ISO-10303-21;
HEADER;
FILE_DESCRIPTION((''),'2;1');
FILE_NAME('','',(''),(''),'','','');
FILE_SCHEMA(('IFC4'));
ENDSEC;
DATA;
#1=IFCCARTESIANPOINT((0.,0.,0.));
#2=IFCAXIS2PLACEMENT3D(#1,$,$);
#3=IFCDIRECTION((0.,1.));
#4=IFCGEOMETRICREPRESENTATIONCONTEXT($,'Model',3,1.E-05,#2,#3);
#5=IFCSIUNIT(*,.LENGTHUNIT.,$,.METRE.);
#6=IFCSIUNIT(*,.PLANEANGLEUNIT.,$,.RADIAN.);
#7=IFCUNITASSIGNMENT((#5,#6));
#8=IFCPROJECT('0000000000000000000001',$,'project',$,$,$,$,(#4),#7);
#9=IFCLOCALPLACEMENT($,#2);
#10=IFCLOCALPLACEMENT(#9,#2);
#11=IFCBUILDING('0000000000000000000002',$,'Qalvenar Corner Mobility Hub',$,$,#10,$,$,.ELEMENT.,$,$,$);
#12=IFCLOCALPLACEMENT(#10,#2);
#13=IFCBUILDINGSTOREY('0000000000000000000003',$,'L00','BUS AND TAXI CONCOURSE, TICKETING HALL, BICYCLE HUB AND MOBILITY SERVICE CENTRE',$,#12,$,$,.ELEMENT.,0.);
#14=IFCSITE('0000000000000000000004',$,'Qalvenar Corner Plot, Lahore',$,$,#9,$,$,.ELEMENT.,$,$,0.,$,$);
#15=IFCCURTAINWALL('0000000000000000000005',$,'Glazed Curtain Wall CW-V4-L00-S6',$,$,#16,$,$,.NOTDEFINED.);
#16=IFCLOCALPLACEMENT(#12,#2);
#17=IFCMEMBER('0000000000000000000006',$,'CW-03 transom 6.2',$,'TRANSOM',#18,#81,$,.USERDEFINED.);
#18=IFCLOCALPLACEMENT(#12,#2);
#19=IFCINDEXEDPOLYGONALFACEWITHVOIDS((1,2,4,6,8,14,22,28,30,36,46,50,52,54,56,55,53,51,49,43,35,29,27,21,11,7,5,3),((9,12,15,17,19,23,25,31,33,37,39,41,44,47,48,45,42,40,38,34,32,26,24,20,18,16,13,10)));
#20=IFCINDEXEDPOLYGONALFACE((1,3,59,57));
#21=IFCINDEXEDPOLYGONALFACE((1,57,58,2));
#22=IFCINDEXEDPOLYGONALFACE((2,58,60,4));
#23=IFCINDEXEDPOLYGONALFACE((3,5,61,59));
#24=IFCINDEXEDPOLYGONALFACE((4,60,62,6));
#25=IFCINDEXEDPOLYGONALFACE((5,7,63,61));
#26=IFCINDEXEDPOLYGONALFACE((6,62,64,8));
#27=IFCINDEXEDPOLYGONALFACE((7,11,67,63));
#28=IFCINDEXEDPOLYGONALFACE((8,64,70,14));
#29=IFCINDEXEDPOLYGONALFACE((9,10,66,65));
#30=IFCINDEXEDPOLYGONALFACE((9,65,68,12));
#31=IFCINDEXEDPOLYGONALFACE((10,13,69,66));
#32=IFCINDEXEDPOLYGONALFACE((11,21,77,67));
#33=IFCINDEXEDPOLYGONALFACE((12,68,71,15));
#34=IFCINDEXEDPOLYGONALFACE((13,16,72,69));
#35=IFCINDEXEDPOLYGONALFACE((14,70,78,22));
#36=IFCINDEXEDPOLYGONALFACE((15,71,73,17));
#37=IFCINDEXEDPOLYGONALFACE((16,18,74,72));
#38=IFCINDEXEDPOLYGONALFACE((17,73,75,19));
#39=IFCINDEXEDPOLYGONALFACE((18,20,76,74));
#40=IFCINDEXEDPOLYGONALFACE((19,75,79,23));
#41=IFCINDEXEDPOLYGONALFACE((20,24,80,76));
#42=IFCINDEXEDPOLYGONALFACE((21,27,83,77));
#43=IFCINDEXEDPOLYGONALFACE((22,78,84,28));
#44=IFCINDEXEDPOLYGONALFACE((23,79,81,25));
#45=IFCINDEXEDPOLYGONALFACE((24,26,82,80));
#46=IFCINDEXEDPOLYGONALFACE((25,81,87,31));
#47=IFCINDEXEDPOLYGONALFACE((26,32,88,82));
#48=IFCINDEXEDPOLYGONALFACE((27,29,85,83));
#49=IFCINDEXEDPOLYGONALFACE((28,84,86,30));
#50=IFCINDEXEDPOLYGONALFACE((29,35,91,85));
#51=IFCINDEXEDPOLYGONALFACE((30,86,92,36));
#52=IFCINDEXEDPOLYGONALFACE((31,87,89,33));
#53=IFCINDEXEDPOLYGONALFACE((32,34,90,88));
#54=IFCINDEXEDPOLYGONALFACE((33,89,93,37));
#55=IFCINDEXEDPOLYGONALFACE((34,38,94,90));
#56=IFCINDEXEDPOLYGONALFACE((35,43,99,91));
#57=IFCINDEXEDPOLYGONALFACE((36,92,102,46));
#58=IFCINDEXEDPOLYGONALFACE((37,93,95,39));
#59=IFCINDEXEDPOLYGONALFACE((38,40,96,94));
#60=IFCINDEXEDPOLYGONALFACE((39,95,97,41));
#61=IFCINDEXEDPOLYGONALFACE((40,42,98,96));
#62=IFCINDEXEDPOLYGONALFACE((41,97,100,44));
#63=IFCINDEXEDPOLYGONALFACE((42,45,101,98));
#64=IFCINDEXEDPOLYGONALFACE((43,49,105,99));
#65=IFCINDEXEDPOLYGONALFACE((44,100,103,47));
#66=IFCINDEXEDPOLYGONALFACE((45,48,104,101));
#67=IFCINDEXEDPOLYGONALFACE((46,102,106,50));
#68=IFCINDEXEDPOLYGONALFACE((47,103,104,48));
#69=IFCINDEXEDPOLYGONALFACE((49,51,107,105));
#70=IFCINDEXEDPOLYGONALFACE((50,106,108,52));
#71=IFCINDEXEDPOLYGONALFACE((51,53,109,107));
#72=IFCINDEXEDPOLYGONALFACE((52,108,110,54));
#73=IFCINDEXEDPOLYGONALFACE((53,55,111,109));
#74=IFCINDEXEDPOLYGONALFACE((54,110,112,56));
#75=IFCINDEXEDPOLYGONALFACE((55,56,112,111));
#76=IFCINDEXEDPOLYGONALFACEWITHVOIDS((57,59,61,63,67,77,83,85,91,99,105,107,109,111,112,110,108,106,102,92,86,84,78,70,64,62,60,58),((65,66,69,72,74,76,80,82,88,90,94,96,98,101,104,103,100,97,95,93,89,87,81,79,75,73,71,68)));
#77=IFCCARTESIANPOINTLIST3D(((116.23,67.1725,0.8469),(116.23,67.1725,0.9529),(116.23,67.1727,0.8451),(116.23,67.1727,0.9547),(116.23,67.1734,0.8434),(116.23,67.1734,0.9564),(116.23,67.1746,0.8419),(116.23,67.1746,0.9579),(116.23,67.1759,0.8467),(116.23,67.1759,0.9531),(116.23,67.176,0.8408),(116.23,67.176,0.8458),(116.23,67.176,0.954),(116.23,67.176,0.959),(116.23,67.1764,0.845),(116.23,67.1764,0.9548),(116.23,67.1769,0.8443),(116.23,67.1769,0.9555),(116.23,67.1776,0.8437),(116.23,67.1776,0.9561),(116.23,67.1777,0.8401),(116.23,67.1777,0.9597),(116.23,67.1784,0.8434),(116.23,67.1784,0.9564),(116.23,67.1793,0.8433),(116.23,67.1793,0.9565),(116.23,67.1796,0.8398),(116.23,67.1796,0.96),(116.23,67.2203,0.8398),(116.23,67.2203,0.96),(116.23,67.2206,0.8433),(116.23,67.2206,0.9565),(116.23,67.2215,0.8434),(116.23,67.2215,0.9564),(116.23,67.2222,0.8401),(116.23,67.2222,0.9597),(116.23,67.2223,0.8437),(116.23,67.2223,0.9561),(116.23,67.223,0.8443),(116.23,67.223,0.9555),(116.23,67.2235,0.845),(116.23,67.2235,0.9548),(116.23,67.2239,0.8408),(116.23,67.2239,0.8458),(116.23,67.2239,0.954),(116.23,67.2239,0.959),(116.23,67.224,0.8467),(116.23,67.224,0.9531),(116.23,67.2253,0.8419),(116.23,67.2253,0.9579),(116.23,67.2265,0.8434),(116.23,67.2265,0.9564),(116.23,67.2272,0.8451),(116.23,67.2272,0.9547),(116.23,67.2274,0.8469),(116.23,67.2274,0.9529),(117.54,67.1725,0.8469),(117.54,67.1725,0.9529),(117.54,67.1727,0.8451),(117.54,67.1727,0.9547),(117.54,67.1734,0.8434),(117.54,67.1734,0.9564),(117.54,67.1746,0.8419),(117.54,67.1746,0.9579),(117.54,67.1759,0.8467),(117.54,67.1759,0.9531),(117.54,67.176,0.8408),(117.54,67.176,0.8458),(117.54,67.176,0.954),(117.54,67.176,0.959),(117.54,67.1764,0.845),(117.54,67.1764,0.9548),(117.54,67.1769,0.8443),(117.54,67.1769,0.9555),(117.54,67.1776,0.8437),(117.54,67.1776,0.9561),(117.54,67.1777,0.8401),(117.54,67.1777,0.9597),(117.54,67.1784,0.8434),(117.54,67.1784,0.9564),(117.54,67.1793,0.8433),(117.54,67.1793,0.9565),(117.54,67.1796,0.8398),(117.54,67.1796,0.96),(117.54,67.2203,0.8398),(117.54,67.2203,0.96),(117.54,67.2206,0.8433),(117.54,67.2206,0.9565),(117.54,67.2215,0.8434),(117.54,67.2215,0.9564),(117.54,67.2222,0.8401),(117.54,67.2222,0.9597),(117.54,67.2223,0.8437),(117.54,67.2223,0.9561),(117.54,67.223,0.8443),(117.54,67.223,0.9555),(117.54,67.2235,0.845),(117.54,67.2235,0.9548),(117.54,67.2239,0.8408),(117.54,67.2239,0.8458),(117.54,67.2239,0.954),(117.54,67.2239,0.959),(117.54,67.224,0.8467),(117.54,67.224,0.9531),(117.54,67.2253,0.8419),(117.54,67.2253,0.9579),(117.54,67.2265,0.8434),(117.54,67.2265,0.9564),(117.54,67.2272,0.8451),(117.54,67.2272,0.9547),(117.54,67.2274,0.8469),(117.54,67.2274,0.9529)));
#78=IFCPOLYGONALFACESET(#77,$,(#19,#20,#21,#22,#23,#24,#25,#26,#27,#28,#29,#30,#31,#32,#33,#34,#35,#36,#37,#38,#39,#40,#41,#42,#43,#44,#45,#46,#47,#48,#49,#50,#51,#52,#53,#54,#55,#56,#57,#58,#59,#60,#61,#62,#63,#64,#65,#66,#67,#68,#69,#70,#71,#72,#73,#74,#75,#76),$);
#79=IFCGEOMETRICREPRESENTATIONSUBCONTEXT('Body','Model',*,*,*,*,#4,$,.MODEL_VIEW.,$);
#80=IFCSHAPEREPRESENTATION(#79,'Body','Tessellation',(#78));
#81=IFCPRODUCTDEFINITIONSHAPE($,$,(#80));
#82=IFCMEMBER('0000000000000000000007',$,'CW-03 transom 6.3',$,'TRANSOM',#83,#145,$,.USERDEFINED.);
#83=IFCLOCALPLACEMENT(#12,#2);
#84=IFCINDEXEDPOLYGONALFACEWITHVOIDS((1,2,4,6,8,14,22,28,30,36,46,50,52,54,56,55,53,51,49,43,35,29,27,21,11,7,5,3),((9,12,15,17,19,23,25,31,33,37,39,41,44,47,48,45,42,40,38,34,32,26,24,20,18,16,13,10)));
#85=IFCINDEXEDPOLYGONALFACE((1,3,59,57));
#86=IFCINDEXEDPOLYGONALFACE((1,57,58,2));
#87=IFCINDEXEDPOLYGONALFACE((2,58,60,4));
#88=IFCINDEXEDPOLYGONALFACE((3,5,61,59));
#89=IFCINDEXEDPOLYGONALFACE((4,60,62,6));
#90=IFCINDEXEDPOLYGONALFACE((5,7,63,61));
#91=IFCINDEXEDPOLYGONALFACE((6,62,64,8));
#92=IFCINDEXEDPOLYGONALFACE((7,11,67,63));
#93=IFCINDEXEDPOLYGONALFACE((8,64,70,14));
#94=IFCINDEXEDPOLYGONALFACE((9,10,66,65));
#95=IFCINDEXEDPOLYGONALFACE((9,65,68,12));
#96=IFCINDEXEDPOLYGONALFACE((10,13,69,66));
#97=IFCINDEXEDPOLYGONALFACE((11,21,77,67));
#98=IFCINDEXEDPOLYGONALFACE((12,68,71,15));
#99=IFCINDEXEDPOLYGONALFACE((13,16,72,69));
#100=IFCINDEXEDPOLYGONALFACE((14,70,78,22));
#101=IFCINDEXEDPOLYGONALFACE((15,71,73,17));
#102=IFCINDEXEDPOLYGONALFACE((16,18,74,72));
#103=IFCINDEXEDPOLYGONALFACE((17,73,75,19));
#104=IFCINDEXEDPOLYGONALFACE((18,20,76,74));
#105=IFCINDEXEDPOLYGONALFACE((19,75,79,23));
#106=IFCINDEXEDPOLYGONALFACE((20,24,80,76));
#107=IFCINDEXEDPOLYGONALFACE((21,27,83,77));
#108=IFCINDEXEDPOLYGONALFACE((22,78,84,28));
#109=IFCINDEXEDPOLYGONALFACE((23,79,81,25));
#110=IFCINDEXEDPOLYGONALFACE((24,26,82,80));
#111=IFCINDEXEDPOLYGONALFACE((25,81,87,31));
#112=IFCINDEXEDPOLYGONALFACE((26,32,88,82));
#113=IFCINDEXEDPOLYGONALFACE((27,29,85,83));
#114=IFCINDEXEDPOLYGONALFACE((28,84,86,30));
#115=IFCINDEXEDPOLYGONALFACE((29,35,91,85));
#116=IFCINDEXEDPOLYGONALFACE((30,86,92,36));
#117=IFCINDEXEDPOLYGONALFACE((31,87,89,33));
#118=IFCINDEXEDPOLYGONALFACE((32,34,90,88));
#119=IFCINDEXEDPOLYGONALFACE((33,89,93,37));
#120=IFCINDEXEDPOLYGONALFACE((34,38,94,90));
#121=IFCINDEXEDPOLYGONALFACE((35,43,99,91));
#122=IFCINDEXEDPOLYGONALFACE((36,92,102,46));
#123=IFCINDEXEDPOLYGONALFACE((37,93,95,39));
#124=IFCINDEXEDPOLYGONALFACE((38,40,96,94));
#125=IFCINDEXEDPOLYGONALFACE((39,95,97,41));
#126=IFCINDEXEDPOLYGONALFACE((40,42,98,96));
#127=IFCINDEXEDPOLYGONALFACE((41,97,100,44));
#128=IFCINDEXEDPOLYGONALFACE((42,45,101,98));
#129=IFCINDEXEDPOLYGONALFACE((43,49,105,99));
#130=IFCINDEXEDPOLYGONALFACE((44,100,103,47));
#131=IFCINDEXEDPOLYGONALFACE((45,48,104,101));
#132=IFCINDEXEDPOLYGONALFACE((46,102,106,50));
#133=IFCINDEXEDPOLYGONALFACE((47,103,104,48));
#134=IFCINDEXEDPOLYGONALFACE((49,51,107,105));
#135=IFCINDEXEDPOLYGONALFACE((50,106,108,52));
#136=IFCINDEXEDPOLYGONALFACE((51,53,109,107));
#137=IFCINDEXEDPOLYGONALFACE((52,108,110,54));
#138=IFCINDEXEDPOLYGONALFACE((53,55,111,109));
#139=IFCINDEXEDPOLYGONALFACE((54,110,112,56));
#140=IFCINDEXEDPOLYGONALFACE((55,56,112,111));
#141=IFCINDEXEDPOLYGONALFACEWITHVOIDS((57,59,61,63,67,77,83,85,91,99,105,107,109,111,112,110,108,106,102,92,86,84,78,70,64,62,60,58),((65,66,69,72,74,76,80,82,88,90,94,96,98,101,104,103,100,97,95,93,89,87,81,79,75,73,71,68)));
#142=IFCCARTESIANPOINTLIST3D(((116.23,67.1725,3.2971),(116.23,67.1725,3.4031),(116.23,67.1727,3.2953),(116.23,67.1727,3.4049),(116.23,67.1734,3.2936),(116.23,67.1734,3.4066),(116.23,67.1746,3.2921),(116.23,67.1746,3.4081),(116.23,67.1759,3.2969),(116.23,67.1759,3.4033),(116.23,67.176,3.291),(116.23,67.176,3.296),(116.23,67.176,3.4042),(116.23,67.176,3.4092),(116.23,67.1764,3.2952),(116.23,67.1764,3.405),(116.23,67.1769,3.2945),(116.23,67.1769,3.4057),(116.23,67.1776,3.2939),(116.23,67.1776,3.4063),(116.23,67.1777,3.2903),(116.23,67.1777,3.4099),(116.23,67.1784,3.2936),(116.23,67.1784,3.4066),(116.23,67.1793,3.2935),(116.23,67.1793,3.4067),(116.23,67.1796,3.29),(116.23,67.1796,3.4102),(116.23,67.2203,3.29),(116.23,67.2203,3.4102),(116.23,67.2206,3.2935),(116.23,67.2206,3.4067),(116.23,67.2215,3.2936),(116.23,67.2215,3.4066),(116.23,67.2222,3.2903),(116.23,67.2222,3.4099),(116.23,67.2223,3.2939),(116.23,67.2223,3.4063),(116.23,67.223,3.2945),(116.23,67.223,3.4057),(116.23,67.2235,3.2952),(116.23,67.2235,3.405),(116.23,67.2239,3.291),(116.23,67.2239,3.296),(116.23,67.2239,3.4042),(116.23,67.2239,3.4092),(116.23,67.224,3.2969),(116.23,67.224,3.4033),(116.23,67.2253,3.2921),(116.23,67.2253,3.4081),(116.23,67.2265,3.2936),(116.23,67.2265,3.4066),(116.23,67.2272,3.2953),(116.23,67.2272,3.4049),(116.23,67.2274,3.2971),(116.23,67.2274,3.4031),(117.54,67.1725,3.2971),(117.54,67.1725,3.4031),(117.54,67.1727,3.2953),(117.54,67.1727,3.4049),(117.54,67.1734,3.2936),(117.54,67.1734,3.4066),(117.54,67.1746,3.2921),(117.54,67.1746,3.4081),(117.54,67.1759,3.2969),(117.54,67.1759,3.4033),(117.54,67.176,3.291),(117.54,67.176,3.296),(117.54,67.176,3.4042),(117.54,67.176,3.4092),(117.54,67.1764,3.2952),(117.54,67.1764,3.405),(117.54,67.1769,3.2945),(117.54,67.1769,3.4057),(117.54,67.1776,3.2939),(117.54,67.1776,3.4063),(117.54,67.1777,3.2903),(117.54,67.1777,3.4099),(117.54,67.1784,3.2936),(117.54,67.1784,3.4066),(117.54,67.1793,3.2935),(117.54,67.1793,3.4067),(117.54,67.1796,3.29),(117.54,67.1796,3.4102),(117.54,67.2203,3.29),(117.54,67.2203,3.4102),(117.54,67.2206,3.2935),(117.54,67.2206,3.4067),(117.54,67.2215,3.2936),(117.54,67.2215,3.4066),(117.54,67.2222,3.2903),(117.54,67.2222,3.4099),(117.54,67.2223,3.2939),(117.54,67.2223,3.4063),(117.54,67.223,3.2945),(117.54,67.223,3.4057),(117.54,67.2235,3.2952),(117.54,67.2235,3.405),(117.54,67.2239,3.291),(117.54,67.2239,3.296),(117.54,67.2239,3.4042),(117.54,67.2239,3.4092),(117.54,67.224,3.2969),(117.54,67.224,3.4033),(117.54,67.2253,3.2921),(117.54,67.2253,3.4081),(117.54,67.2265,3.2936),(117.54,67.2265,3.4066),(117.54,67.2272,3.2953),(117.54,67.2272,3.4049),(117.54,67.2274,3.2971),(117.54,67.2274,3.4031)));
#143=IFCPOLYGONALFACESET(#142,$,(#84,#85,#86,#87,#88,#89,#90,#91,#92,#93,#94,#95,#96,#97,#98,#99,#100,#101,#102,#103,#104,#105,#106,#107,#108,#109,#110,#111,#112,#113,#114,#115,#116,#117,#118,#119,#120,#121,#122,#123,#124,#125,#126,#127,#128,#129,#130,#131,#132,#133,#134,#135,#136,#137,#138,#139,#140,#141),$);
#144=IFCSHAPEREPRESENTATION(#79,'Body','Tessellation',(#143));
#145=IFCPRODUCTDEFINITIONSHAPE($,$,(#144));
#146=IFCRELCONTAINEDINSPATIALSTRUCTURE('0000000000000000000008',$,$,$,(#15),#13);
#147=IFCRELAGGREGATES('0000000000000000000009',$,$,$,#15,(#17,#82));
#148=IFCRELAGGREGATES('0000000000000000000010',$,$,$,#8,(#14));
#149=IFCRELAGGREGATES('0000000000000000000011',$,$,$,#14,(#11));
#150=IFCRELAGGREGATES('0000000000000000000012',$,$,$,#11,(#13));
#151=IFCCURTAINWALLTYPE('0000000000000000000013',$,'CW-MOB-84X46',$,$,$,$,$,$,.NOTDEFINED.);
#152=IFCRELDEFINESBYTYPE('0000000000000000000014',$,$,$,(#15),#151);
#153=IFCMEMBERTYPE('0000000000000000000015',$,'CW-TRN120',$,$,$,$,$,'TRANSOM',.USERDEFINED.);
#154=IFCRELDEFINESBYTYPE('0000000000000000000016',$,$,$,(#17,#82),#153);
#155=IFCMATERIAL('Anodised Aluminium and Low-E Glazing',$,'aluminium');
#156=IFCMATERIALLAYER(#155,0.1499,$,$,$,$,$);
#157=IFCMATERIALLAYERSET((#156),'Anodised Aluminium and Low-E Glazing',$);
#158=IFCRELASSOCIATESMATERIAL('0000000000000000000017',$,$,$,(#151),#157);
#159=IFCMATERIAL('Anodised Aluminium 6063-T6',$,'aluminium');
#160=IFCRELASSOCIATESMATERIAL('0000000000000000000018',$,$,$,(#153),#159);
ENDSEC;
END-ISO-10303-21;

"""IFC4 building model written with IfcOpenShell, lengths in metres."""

from ifc_helpers import new_model, si_unit, direction, frame, origin, origin_2d, place, context, subcontext, project, spatial, hollow_rectangle, extrude, material, layer, layer_set, material_profile, profile_set, type_object, element, aggregate, save


model = new_model("IFC4")

# Units and contexts
model_context = context("Model", 3, precision=1e-05, world=origin(), true_north=direction((0.0, 1.0)))
body_context = subcontext(model_context, "Body", "Model", "MODEL_VIEW")
ifc_project = project(units=[si_unit("LENGTHUNIT", "METRE"), si_unit("PLANEANGLEUNIT", "RADIAN")], contexts=[model_context])

# Site, building, storey
site_placement = place(None, origin())
site = spatial("IfcSite", under=ifc_project, at=site_placement, Name="Qalvenar Corner Plot, Lahore", CompositionType="ELEMENT", RefElevation=0.0)
building_placement = place(site_placement, origin())
building = spatial("IfcBuilding", under=site, at=building_placement, Name="Qalvenar Corner Mobility Hub", CompositionType="ELEMENT")
storey_placement = place(building_placement, origin())
storey = spatial("IfcBuildingStorey", under=building, at=storey_placement, Name="L00", Description="BUS AND TAXI CONCOURSE, TICKETING HALL, BICYCLE HUB AND MOBILITY SERVICE CENTRE", CompositionType="ELEMENT", Elevation=0.0)

# Curtain wall, members
ifc_material_1 = material(Name="Anodised Aluminium and Low-E Glazing", Category="aluminium")
ifc_layer_1 = layer(ifc_material_1, 0.1499)
ifc_layer_set_1 = layer_set([ifc_layer_1], Name="Anodised Aluminium and Low-E Glazing")
curtain_wall_type = type_object("IfcCurtainWallType", Name="CW-MOB-84X46", PredefinedType="NOTDEFINED", material=ifc_layer_set_1)
curtain_wall_placement = place(storey_placement, origin())
curtain_wall = element("IfcCurtainWall", 1, at=curtain_wall_placement, inside=storey, type_object=curtain_wall_type, Name="Glazed Curtain Wall CW-V4-L00-S6", PredefinedType="NOTDEFINED")
ifc_material_2 = material(Name="Anodised Aluminium 6063-T6", Category="aluminium")
ifc_material_profile_1 = material_profile(ifc_material_2, hollow_rectangle(XDim=0.0549, YDim=0.1201, WallThickness=0.0034, InnerFilletRadius=0.0034, OuterFilletRadius=0.0071, at=origin_2d()), Name="RHS120x55x3.5")
ifc_profile_set_1 = profile_set([ifc_material_profile_1], Name="Anodised Aluminium 6063-T6")
member_type_1 = type_object("IfcMemberType", Name="CW-TRN120", ElementType="TRANSOM", PredefinedType="USERDEFINED", material=ifc_profile_set_1)
member_1_placement = place(storey_placement, frame((116.23, 67.2, 0.8999), z_axis=(1.0, 0.0, 0.0), x_axis=(0.0, 1.0, 0.0)))
member_1 = element("IfcMember", 2, at=member_1_placement, type_object=member_type_1, Name="CW-03 transom 6.2", ObjectType="TRANSOM", PredefinedType="USERDEFINED", context=body_context, shape_type="SweptSolid", body=[
    extrude(hollow_rectangle(XDim=0.0549, YDim=0.1201, WallThickness=0.0034, InnerFilletRadius=0.0034, OuterFilletRadius=0.0071, at=origin_2d()), origin(), (0.0, 0.0, 1.0), 1.3101),
])
member_2_placement = place(storey_placement, frame((116.23, 67.2, 3.3501), z_axis=(1.0, 0.0, 0.0), x_axis=(0.0, 1.0, 0.0)))
member_2 = element("IfcMember", 3, at=member_2_placement, type_object=member_type_1, Name="CW-03 transom 6.3", ObjectType="TRANSOM", PredefinedType="USERDEFINED", context=body_context, shape_type="SweptSolid", body=[
    extrude(hollow_rectangle(XDim=0.0549, YDim=0.1201, WallThickness=0.0034, InnerFilletRadius=0.0034, OuterFilletRadius=0.0071, at=origin_2d()), origin(), (0.0, 0.0, 1.0), 1.3101),
])
aggregate(curtain_wall, [member_1, member_2])

save(model, "model.ifc")
